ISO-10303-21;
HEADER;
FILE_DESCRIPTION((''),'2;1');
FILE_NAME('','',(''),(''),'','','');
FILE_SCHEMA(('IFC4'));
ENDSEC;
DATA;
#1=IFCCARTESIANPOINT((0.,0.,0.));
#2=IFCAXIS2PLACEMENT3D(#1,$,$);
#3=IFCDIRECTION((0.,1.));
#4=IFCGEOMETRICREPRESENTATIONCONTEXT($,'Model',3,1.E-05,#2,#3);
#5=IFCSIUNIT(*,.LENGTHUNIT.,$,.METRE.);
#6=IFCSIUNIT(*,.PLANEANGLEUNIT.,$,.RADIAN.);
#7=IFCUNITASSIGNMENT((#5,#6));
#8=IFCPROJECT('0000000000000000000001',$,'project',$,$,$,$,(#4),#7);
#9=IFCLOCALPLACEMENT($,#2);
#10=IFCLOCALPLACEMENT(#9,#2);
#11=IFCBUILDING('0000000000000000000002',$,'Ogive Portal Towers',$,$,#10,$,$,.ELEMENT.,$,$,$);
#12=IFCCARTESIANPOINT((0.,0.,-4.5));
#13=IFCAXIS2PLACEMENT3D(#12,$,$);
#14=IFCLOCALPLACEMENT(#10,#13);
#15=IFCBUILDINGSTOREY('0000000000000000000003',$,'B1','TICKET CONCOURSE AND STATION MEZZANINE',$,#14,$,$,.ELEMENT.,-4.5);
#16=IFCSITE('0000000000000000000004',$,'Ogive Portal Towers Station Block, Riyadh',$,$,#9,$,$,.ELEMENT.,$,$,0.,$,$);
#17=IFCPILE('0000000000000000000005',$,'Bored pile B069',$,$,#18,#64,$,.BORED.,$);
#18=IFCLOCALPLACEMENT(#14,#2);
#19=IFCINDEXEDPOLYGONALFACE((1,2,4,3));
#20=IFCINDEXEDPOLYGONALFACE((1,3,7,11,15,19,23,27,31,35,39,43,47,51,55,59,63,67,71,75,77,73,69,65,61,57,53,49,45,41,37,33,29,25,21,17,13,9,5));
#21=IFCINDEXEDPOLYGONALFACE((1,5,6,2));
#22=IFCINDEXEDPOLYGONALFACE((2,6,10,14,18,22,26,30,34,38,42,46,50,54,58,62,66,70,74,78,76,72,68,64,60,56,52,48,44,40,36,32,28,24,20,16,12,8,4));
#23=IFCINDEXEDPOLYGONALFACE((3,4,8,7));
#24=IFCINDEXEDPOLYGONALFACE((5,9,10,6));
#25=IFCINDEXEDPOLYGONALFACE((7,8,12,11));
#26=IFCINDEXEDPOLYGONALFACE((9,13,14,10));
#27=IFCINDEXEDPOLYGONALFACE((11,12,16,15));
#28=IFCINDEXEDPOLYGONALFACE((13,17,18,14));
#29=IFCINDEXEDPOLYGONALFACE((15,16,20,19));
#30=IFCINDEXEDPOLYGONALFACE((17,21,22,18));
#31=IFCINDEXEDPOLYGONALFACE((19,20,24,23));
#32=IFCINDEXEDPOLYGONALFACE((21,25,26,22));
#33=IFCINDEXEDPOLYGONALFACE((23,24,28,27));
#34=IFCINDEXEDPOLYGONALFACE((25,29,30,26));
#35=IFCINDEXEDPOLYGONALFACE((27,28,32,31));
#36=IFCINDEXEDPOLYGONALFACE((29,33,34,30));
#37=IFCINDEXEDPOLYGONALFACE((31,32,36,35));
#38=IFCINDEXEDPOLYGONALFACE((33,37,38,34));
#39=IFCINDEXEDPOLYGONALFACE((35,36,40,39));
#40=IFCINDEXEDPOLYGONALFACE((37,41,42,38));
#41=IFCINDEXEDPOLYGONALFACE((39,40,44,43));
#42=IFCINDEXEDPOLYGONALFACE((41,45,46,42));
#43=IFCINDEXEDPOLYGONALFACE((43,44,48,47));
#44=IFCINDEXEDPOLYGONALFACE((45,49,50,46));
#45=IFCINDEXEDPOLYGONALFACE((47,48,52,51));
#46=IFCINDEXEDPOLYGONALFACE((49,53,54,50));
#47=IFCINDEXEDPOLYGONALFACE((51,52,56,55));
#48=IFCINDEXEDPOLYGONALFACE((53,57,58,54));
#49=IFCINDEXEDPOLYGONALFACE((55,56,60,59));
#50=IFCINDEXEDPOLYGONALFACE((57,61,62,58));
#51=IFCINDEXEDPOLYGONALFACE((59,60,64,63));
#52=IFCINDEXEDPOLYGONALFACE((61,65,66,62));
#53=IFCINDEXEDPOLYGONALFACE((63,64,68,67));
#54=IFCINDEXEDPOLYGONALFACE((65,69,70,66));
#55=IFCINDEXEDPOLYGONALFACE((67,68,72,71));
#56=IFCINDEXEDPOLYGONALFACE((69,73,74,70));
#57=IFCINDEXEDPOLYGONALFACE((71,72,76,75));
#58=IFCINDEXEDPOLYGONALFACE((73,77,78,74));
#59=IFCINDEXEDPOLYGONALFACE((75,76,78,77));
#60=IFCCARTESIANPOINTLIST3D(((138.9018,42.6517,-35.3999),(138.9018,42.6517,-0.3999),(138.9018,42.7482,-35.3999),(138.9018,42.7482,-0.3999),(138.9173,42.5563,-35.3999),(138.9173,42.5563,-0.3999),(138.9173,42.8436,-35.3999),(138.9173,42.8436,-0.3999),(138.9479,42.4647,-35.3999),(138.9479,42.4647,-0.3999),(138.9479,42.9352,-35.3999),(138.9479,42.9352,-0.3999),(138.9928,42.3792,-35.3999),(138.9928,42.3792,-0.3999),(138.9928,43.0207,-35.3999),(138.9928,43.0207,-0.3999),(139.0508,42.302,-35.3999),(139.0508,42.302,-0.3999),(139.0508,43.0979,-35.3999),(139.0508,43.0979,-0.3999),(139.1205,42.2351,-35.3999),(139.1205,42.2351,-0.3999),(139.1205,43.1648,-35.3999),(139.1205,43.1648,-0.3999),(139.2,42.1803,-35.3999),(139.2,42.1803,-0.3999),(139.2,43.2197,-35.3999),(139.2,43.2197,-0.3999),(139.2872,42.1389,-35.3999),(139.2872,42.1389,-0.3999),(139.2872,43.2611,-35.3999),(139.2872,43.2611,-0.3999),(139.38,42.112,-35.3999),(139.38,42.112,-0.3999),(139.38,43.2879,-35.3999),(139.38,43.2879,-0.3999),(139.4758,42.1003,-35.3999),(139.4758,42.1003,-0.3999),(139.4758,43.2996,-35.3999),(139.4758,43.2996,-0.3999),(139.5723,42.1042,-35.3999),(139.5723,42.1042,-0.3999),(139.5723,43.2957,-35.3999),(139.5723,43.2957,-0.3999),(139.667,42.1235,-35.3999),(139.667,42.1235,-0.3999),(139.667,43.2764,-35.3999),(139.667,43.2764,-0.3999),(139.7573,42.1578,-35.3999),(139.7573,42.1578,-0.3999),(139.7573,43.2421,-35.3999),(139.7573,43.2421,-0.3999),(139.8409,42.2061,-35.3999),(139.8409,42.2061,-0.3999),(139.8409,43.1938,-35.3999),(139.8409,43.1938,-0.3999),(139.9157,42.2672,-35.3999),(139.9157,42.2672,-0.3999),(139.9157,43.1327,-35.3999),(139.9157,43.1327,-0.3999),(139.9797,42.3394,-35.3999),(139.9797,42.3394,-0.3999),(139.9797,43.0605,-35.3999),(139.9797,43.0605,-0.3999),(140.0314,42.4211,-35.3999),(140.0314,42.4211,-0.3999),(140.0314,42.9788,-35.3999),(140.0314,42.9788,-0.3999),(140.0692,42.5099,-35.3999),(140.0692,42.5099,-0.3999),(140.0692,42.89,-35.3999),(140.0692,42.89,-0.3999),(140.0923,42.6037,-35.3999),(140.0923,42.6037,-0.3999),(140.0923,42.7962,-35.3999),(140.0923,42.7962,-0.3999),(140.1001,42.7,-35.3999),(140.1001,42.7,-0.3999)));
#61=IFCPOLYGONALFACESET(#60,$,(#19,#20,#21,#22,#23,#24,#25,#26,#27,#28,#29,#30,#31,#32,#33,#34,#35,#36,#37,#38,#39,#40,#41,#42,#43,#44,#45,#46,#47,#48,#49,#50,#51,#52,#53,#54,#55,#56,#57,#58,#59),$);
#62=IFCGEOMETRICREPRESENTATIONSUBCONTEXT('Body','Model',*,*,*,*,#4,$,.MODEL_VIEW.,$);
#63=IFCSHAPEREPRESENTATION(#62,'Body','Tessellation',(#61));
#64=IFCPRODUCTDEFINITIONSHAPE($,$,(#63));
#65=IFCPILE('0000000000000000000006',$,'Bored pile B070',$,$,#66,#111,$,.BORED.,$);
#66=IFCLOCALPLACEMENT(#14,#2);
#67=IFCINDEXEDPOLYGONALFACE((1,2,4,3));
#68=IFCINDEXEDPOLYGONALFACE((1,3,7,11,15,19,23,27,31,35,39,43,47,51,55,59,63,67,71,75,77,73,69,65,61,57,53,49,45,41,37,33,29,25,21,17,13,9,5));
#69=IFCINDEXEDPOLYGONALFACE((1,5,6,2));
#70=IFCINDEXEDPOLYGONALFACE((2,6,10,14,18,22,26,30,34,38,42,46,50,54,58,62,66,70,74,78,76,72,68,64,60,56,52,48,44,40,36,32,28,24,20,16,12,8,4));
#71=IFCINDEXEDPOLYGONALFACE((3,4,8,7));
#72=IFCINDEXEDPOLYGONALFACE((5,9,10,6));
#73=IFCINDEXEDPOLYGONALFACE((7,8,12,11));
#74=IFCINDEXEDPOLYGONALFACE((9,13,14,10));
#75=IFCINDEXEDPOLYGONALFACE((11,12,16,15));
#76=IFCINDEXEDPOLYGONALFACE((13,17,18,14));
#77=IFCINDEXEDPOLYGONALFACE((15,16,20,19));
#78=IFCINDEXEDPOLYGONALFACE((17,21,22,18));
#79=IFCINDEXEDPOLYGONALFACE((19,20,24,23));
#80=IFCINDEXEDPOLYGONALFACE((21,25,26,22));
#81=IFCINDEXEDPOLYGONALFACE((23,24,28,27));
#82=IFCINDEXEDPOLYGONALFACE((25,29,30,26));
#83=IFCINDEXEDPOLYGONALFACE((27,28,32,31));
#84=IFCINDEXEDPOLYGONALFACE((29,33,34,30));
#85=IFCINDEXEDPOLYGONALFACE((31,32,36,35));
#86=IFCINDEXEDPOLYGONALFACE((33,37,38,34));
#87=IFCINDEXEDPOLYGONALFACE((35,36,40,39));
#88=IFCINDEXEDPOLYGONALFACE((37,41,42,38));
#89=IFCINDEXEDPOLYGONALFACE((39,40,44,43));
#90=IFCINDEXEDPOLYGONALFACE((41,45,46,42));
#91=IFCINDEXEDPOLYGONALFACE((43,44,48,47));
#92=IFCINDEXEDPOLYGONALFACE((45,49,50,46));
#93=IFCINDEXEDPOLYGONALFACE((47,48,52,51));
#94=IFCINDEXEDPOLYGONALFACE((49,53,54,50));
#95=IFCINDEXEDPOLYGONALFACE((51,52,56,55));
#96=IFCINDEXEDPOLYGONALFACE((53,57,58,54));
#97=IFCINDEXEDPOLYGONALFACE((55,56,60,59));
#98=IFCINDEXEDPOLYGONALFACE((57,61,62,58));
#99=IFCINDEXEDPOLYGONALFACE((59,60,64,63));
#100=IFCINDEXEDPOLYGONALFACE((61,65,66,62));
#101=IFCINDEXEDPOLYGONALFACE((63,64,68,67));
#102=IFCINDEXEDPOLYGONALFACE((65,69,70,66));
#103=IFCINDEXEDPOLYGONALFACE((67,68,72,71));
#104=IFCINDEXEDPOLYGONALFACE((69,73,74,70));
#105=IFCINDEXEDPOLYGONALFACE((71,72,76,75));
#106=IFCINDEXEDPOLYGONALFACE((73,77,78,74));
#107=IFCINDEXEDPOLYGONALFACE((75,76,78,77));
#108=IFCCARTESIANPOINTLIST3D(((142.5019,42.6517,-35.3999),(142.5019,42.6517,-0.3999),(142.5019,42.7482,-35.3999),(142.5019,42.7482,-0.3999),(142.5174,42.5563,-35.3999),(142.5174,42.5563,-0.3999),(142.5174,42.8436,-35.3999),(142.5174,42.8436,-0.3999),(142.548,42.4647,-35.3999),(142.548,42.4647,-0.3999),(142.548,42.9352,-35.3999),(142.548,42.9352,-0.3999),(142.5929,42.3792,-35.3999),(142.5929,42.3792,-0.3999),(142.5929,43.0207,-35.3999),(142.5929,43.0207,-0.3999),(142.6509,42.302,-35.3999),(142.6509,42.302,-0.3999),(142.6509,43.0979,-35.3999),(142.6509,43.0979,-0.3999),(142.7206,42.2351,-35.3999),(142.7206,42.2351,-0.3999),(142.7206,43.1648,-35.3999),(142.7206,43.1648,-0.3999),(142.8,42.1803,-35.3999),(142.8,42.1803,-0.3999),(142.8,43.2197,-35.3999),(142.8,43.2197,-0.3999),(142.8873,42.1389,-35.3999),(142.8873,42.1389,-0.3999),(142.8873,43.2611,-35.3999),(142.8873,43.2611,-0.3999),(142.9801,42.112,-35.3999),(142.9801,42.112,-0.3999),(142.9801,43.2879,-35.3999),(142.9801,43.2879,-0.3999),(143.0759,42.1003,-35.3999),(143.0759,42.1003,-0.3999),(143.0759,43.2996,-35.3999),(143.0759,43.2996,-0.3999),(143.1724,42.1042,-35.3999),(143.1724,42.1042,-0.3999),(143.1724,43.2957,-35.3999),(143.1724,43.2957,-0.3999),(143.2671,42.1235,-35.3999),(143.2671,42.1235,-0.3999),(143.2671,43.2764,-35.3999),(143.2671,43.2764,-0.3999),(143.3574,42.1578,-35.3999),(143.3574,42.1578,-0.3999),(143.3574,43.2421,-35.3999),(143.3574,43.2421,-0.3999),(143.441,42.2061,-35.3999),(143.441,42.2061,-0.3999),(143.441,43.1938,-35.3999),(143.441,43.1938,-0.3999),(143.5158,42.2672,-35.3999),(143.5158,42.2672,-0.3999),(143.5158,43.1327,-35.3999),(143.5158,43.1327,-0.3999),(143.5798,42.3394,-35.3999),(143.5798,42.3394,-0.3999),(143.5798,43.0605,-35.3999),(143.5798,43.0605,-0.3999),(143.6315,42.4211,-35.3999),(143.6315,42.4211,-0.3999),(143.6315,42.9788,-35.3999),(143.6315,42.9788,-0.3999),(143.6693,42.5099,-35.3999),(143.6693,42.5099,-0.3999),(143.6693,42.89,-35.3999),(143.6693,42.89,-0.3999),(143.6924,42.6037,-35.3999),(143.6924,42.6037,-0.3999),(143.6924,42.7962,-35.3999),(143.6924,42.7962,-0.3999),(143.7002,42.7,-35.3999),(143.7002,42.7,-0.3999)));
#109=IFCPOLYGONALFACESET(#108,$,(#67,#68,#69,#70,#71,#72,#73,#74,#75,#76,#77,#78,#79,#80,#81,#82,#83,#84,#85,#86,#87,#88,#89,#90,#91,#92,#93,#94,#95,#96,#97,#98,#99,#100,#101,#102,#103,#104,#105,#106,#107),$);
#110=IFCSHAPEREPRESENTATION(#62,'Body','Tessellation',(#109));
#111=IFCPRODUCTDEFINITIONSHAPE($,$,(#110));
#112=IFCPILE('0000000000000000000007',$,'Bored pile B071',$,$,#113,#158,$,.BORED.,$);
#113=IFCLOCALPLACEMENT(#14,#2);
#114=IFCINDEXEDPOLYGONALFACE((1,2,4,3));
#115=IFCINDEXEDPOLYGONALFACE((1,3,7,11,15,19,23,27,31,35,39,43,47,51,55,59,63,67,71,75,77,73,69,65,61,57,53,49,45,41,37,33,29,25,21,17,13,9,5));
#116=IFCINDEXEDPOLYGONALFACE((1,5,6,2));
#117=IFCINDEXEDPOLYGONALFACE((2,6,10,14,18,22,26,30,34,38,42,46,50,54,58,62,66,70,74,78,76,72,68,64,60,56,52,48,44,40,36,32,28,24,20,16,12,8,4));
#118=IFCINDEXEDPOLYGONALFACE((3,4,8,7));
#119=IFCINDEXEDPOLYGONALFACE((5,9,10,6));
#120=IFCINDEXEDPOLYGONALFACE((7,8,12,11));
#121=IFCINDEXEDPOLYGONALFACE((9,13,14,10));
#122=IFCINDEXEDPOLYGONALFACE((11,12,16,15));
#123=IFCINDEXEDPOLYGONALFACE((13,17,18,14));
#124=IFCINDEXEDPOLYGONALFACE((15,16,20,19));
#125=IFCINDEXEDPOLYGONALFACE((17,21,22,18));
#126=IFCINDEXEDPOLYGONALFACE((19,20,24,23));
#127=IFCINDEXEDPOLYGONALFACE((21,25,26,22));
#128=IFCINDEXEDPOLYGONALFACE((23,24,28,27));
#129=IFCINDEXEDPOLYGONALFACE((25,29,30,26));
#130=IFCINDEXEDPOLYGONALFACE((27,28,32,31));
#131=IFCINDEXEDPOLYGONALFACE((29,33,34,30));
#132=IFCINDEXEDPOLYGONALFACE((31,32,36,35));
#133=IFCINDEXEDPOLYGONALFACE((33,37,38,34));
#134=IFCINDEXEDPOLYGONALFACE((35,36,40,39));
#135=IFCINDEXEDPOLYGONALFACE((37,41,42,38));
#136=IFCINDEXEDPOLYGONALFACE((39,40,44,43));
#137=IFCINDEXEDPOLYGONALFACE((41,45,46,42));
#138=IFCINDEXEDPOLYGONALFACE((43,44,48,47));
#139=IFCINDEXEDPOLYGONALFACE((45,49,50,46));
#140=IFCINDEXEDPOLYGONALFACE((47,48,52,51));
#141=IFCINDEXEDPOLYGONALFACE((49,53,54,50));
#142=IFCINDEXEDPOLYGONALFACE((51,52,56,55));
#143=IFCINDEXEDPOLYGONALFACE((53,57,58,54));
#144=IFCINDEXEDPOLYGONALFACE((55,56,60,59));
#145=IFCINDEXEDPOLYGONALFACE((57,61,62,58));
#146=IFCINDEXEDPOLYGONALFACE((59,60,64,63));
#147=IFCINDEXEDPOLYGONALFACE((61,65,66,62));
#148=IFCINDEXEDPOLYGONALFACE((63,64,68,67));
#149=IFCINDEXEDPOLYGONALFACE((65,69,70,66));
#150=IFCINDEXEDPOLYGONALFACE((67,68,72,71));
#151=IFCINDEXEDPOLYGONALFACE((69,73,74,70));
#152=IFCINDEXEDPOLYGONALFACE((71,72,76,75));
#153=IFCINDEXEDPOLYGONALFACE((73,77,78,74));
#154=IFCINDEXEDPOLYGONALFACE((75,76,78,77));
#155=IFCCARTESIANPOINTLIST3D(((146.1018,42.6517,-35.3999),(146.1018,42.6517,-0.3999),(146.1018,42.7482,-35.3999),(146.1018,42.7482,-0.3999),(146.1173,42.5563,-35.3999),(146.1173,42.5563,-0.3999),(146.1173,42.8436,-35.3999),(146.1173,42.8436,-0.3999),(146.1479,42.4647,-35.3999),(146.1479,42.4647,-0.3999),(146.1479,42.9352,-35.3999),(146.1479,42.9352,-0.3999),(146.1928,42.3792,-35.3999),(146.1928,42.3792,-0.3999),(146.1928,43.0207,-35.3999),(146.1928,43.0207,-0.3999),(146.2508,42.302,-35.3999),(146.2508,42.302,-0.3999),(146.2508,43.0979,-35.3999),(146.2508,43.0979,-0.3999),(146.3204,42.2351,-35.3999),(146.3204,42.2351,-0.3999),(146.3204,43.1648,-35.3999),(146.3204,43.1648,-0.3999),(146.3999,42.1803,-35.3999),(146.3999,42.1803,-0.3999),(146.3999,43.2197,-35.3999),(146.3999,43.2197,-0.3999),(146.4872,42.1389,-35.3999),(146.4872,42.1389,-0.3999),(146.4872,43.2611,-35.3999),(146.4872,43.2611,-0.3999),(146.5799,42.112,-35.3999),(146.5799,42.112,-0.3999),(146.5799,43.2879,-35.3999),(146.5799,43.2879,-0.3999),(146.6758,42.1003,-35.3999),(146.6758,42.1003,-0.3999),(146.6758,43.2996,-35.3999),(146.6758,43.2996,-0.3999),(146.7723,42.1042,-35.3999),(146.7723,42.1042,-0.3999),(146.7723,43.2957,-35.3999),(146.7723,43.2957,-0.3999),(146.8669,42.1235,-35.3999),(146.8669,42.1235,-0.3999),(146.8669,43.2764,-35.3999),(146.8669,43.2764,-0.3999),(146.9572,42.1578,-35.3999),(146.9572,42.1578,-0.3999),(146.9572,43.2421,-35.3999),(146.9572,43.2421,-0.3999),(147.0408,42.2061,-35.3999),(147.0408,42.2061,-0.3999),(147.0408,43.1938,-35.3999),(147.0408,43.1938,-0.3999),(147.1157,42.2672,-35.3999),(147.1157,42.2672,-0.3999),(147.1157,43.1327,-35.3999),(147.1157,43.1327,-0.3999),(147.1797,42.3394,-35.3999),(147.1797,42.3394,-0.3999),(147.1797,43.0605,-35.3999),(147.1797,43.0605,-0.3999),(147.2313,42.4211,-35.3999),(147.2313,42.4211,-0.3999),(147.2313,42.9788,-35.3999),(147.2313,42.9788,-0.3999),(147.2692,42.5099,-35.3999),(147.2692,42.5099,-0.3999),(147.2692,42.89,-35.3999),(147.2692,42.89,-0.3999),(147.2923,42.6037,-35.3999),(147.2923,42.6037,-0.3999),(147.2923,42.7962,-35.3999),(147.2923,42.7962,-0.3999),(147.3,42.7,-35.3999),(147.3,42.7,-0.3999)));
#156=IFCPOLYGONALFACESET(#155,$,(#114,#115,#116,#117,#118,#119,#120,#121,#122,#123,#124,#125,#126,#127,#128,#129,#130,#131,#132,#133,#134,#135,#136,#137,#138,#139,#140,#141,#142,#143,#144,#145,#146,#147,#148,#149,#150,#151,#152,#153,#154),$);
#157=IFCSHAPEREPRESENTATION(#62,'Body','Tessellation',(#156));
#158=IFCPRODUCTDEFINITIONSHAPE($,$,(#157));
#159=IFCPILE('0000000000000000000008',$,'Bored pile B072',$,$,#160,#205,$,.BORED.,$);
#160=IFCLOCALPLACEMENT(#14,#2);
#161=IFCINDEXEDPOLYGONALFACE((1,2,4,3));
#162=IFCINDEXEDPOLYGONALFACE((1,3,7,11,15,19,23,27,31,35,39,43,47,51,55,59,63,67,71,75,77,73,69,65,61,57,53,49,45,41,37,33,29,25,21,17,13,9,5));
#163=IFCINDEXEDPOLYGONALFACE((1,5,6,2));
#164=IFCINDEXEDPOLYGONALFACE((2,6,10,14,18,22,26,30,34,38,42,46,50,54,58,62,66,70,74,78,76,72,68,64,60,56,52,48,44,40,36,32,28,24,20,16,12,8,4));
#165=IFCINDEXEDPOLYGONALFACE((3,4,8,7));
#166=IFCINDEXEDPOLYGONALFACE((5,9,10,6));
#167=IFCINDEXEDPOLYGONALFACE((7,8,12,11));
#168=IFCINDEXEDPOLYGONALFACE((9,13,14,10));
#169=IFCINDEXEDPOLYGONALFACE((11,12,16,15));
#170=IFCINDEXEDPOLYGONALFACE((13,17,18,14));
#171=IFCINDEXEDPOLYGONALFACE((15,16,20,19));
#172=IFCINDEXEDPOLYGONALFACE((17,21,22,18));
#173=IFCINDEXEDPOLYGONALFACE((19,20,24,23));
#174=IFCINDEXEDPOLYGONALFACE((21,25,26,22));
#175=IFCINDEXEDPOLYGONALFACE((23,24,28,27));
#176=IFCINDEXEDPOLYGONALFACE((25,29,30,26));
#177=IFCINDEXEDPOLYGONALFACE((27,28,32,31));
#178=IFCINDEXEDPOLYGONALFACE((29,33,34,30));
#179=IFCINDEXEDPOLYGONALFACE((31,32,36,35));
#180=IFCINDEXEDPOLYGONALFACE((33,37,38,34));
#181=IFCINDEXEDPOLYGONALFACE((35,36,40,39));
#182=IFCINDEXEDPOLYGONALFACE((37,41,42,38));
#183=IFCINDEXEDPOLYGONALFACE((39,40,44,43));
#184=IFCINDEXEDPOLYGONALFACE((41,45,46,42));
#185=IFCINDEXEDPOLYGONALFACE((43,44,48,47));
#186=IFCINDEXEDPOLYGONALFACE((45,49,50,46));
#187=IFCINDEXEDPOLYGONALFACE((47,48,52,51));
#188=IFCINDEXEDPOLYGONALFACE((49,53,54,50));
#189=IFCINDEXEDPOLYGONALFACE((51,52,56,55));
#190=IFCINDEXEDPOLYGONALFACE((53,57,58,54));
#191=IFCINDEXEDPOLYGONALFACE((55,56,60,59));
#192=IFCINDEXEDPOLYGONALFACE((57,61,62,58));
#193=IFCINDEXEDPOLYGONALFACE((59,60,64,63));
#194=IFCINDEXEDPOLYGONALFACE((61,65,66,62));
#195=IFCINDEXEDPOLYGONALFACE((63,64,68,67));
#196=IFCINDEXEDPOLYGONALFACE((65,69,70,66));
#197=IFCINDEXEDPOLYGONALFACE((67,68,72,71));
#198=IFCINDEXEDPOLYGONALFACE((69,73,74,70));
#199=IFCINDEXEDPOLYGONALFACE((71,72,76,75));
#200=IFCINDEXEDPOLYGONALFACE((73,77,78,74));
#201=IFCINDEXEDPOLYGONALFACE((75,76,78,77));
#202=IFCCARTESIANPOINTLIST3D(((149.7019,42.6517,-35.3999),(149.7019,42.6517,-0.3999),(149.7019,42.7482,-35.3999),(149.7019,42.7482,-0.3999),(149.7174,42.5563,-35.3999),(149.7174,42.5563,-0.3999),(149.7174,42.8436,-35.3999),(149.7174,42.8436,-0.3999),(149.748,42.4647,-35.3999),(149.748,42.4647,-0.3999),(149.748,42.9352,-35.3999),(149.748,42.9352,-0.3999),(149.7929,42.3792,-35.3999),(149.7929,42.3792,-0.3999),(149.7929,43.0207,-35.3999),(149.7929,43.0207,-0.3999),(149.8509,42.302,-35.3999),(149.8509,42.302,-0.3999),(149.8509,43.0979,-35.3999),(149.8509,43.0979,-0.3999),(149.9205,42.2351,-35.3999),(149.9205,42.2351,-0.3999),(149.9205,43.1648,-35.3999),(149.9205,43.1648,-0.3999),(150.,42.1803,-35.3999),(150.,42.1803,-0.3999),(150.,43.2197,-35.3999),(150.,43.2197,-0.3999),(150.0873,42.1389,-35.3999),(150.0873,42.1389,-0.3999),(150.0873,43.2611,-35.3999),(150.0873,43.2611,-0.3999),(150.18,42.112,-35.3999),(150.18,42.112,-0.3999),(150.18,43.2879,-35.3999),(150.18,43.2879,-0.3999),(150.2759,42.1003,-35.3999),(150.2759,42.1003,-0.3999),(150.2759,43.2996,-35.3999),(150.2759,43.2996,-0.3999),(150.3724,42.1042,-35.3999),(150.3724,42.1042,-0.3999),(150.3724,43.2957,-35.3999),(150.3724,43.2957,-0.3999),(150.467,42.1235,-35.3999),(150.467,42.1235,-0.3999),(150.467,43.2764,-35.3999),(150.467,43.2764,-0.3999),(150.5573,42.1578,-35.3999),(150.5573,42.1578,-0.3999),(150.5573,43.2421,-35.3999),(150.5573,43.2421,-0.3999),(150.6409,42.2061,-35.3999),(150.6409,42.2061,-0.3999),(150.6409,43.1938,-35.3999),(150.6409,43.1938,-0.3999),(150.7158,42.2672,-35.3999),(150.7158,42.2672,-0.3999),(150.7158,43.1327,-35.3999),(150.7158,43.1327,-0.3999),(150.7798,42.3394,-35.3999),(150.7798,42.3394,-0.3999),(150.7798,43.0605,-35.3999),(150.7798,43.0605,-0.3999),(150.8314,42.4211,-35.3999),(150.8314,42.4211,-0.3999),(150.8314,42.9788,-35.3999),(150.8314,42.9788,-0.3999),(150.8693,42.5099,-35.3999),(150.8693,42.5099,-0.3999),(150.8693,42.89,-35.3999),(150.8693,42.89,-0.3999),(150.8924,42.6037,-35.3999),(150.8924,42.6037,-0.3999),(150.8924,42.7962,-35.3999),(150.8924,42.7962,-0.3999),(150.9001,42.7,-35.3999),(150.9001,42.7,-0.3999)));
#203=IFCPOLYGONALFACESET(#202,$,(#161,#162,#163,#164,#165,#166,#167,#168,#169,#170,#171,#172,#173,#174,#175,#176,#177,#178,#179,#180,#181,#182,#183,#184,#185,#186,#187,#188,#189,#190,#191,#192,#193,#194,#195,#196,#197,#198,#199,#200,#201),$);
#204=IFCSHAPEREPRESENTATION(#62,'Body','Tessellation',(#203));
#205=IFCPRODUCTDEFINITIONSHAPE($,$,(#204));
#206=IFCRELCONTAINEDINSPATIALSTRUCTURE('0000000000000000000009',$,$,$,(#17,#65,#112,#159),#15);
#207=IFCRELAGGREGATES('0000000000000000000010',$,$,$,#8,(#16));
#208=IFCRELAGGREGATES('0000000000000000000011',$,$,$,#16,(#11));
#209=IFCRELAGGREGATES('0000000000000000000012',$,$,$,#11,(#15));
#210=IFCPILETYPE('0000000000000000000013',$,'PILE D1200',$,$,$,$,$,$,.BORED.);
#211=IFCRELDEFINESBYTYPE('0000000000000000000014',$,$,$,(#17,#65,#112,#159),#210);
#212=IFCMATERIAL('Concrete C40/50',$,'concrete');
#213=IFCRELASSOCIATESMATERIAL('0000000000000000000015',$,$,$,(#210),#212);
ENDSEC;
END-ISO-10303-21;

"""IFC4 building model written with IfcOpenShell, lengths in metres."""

from ifc_helpers import new_model, si_unit, direction, frame, origin, origin_2d, place, context, subcontext, project, spatial, circle, extrude, material, material_profile, profile_set, type_object, element, save


model = new_model("IFC4")

# Units and contexts
model_context = context("Model", 3, precision=1e-05, world=origin(), true_north=direction((0.0, 1.0)))
body_context = subcontext(model_context, "Body", "Model", "MODEL_VIEW")
ifc_project = project(units=[si_unit("LENGTHUNIT", "METRE"), si_unit("PLANEANGLEUNIT", "RADIAN")], contexts=[model_context])

# Site, building, storey
site_placement = place(None, origin())
site = spatial("IfcSite", under=ifc_project, at=site_placement, Name="Ogive Portal Towers Station Block, Riyadh", CompositionType="ELEMENT", RefElevation=0.0)
building_placement = place(site_placement, origin())
building = spatial("IfcBuilding", under=site, at=building_placement, Name="Ogive Portal Towers", CompositionType="ELEMENT")
storey_placement = place(building_placement, frame((0.0, 0.0, -4.5)))
storey = spatial("IfcBuildingStorey", under=building, at=storey_placement, Name="B1", Description="TICKET CONCOURSE AND STATION MEZZANINE", CompositionType="ELEMENT", Elevation=-4.5)

# Piles
ifc_material_1 = material(Name="Concrete C40/50", Category="concrete")
ifc_material_profile_1 = material_profile(ifc_material_1, circle(Radius=0.6001, at=origin_2d()), Name="PILE D1200")
ifc_profile_set_1 = profile_set([ifc_material_profile_1], Name="Concrete C40/50")
pile_type = type_object("IfcPileType", Name="PILE D1200", PredefinedType="BORED", material=ifc_profile_set_1)
for number, where, z_axis, x_axis, name in (
    (1, (139.5, 42.7, -0.3999), (0.0, 0.0, -1.0), (1.0, 0.0, 0.0), "Bored pile B069"),
    (2, (143.1001, 42.7, -0.3999), (0.0, 0.0, -1.0), (1.0, 0.0, 0.0), "Bored pile B070"),
    (3, (146.7, 42.7, -0.3999), (0.0, 0.0, -1.0), (1.0, 0.0, 0.0), "Bored pile B071"),
    (4, (150.3, 42.7, -0.3999), (0.0, 0.0, -1.0), (1.0, 0.0, 0.0), "Bored pile B072"),
):
    element("IfcPile", number, at=place(storey_placement, frame(where, z_axis=z_axis, x_axis=x_axis)), inside=storey, type_object=pile_type, Name=name, PredefinedType="BORED", context=body_context, shape_type="SweptSolid", body=[
        extrude(circle(Radius=0.6001, at=origin_2d()), origin(), (0.0, 0.0, 1.0), 35.0),
    ])

save(model, "model.ifc")
